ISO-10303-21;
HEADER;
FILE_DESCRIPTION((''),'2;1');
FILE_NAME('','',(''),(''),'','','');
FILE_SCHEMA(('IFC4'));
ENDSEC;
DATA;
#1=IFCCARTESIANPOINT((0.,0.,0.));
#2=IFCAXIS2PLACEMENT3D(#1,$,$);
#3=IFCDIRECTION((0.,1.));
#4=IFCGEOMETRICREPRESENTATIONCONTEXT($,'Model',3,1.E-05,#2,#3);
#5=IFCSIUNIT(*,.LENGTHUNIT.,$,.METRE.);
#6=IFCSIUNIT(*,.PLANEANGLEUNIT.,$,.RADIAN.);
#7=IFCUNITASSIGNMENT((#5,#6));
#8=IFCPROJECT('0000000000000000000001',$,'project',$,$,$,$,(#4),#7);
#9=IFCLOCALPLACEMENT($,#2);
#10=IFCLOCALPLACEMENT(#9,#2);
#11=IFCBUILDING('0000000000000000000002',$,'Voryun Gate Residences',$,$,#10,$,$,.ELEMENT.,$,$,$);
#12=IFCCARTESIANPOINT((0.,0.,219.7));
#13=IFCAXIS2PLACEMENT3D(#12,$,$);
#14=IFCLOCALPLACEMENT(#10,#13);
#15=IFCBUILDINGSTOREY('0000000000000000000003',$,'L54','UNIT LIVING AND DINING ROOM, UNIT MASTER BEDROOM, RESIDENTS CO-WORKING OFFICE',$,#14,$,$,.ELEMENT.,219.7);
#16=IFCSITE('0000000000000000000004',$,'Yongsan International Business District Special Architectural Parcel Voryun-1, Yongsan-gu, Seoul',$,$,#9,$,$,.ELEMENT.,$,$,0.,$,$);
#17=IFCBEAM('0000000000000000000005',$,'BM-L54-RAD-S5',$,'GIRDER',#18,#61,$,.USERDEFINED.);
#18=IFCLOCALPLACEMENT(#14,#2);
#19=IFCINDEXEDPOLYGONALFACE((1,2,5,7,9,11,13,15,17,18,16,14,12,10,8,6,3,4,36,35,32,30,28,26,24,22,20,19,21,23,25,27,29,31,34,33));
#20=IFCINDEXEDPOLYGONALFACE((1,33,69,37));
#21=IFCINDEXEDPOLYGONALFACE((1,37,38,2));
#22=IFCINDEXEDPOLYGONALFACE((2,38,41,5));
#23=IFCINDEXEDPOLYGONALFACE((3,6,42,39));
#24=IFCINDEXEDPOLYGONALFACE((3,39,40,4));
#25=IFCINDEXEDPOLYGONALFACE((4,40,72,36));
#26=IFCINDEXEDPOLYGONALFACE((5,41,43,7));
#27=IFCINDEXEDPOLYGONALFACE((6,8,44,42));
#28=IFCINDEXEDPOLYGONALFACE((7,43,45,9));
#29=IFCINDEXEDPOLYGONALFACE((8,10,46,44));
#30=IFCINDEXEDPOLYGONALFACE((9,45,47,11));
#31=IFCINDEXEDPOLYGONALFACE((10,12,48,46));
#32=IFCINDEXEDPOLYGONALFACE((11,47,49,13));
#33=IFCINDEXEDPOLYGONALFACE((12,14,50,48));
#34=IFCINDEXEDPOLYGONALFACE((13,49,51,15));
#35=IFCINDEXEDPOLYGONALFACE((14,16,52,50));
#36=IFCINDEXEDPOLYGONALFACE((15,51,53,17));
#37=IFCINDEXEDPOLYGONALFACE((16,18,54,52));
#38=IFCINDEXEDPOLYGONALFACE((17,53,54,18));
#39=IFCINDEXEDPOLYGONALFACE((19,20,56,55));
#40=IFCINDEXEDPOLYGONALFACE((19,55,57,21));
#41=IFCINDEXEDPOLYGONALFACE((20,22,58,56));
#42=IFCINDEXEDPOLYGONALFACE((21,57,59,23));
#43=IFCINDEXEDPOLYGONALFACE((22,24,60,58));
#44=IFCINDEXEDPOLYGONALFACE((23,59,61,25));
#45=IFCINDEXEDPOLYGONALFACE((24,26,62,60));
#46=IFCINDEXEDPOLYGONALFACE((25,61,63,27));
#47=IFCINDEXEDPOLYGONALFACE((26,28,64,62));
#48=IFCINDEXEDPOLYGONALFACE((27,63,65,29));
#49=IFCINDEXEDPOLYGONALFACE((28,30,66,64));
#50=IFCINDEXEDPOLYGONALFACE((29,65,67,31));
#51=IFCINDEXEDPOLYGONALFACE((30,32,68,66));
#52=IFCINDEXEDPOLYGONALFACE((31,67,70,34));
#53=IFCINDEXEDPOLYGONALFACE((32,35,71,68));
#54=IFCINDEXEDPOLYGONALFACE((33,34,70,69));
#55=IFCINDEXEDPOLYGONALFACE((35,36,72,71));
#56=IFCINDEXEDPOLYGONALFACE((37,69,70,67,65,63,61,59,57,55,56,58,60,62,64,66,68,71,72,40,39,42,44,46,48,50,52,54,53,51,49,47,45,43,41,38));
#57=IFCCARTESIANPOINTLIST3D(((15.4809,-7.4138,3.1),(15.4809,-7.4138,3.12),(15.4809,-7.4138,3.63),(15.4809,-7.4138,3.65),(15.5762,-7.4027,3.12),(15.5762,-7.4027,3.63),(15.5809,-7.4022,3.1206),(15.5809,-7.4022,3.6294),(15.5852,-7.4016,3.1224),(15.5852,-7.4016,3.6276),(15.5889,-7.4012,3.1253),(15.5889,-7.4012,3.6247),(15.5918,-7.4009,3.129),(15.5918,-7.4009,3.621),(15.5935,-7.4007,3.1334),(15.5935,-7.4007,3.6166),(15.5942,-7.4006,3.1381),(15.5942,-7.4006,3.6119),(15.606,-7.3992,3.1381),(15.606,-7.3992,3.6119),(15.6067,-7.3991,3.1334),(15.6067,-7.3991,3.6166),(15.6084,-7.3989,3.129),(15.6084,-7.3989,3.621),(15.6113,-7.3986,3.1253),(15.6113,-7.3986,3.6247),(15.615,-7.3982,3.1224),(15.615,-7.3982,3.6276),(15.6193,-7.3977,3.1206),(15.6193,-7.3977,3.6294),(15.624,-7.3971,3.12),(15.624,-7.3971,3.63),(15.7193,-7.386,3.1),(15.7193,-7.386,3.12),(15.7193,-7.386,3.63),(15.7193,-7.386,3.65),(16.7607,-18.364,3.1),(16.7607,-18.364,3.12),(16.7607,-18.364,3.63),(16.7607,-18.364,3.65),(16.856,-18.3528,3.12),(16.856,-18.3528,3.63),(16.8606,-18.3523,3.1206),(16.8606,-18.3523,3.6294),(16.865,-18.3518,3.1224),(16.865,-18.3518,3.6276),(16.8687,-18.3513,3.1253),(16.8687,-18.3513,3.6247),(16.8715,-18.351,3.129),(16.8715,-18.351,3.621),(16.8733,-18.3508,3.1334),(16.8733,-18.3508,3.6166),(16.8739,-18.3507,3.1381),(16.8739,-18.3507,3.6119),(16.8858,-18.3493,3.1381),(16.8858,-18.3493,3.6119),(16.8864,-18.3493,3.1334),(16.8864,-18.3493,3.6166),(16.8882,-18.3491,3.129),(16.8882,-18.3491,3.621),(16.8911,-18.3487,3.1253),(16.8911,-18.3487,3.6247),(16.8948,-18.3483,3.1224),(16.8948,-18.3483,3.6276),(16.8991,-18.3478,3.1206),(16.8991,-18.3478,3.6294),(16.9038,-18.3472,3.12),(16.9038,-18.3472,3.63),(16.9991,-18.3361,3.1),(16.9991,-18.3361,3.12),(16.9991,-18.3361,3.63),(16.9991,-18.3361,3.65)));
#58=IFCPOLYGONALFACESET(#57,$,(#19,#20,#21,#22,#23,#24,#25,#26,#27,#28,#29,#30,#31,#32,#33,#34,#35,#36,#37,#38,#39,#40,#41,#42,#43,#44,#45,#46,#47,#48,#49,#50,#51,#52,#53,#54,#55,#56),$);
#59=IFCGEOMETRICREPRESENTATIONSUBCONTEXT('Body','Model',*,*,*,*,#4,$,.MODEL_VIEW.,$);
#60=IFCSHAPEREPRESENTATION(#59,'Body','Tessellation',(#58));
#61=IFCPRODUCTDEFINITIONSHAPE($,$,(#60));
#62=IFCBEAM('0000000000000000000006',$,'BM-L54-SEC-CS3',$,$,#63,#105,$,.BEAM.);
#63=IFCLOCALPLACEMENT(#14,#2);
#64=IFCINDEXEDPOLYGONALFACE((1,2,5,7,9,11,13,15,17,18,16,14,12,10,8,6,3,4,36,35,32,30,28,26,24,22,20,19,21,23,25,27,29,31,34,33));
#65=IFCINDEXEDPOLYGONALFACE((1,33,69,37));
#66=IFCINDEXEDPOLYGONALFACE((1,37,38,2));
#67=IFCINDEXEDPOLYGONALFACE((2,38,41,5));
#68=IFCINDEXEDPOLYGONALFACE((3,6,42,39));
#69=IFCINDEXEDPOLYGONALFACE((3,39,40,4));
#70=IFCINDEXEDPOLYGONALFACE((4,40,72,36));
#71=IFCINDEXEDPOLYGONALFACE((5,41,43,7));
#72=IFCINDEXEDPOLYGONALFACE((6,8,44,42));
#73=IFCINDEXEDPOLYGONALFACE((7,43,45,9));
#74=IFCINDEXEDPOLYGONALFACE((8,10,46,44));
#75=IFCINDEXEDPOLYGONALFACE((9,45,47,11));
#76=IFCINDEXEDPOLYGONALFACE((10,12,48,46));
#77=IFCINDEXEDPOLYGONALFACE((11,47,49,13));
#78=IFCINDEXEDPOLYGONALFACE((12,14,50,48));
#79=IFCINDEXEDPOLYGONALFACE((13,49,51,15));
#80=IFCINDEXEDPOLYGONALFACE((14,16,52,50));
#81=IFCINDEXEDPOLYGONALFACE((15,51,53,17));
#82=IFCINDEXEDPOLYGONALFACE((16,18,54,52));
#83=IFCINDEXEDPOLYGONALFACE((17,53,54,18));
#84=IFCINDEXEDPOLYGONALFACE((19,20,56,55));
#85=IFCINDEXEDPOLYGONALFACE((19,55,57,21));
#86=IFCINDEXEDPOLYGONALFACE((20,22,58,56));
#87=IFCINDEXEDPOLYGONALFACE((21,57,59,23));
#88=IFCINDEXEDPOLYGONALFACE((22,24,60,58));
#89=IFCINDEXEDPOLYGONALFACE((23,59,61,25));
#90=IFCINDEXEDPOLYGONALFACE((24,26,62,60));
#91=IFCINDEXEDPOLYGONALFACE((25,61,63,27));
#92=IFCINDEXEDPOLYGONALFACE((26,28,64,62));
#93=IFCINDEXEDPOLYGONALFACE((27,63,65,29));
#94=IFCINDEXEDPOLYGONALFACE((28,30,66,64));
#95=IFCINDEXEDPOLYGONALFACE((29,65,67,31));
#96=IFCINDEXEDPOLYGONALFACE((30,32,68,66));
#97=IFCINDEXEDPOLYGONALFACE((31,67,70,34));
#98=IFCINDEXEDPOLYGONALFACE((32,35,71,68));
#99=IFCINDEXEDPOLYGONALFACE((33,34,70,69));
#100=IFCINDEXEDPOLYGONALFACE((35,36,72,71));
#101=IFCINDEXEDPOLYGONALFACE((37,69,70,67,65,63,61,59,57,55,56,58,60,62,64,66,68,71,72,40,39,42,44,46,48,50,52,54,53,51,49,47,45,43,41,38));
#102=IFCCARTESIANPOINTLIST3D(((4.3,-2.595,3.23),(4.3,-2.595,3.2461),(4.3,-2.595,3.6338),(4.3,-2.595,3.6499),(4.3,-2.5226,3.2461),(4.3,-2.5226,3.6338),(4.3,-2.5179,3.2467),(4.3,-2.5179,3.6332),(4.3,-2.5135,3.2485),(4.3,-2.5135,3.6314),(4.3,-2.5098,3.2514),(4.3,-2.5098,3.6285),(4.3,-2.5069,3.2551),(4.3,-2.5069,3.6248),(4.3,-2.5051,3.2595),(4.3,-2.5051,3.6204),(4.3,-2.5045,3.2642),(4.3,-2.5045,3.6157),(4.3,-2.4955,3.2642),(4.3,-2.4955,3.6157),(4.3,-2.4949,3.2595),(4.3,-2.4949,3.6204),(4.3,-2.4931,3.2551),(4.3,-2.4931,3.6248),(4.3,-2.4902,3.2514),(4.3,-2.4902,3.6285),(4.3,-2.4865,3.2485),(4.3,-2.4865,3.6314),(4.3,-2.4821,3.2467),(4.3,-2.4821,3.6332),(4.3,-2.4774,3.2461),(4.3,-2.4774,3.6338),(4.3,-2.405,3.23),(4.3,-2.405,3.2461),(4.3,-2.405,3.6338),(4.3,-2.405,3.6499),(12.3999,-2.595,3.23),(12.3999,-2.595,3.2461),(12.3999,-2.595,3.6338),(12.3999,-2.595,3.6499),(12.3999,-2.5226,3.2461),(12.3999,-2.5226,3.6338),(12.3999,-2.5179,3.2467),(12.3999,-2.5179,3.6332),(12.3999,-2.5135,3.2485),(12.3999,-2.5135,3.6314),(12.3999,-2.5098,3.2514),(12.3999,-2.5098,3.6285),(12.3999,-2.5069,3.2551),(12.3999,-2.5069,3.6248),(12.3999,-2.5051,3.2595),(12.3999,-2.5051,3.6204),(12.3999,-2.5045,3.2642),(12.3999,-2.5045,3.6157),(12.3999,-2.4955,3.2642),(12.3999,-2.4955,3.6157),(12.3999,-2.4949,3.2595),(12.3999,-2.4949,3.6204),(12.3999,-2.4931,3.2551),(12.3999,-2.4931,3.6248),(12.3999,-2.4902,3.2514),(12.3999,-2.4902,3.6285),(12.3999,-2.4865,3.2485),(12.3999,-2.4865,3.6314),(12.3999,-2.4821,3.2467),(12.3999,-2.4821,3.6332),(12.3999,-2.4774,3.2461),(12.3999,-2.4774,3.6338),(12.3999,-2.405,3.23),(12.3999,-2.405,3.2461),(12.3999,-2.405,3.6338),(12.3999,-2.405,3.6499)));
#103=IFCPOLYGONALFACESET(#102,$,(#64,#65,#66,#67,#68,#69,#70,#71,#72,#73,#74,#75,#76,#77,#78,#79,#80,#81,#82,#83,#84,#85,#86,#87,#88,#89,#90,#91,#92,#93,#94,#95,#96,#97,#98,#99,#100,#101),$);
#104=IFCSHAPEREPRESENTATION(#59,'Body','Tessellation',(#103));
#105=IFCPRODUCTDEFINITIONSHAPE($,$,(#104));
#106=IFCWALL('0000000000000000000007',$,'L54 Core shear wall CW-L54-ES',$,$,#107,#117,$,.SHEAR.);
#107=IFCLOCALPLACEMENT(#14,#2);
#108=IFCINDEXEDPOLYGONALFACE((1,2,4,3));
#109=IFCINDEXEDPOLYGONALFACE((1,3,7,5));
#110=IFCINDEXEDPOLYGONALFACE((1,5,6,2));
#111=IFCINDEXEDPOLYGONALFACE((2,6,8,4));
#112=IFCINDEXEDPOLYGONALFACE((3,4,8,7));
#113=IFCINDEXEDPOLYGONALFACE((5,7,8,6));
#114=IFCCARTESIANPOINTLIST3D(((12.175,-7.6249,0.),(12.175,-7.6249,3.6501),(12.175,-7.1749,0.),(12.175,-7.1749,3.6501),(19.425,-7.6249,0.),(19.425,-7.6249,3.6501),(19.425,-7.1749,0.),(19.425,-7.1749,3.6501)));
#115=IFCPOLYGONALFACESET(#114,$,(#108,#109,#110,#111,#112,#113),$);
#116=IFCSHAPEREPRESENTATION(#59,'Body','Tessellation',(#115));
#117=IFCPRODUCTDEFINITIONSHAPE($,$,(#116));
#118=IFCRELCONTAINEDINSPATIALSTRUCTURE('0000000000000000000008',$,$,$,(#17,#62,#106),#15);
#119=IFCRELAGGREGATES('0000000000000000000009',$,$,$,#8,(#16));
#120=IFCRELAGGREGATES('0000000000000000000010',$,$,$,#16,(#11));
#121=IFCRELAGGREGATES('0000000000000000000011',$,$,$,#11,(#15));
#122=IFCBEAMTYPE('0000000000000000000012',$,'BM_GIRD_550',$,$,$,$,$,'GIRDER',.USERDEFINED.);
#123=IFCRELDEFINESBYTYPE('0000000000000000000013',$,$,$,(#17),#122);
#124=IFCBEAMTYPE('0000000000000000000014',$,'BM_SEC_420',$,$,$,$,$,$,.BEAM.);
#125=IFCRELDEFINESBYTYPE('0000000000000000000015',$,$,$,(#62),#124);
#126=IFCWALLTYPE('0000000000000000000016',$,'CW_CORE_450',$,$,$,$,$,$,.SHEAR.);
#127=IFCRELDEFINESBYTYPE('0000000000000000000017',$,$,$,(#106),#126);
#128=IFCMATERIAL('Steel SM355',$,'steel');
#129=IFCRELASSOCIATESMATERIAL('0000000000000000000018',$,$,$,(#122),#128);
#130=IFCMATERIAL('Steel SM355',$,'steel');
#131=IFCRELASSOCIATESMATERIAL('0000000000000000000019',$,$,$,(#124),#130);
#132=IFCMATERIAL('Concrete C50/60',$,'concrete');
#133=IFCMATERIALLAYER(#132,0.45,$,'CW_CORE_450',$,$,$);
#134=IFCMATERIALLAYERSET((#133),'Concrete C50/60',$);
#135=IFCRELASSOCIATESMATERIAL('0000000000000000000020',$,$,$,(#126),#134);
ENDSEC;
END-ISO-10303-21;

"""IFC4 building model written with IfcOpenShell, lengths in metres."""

from ifc_helpers import new_model, si_unit, direction, frame, frame_2d, origin, origin_2d, place, context, subcontext, project, spatial, rectangle, i_section, extrude, material, layer, layer_set, material_profile, profile_set, type_object, element, save


model = new_model("IFC4")

# Units and contexts
model_context = context("Model", 3, precision=1e-05, world=origin(), true_north=direction((0.0, 1.0)))
body_context = subcontext(model_context, "Body", "Model", "MODEL_VIEW")
ifc_project = project(units=[si_unit("LENGTHUNIT", "METRE"), si_unit("PLANEANGLEUNIT", "RADIAN")], contexts=[model_context])

# Site, building, storey
site_placement = place(None, origin())
site = spatial("IfcSite", under=ifc_project, at=site_placement, Name="Yongsan International Business District Special Architectural Parcel Voryun-1, Yongsan-gu, Seoul", CompositionType="ELEMENT", RefElevation=0.0)
building_placement = place(site_placement, origin())
building = spatial("IfcBuilding", under=site, at=building_placement, Name="Voryun Gate Residences", CompositionType="ELEMENT")
storey_placement = place(building_placement, frame((0.0, 0.0, 219.7)))
storey = spatial("IfcBuildingStorey", under=building, at=storey_placement, Name="L54", Description="UNIT LIVING AND DINING ROOM, UNIT MASTER BEDROOM, RESIDENTS CO-WORKING OFFICE", CompositionType="ELEMENT", Elevation=219.7)

# Beams
ifc_material_1 = material(Name="Steel SM355", Category="steel")
ifc_material_profile_1 = material_profile(ifc_material_1, i_section(OverallWidth=0.24, OverallDepth=0.55, WebThickness=0.012, FlangeThickness=0.02, FilletRadius=0.0181, at=origin_2d()), Name="H-550x240x12x20")
ifc_profile_set_1 = profile_set([ifc_material_profile_1], Name="Steel SM355")
beam_type_1 = type_object("IfcBeamType", Name="BM_GIRD_550", ElementType="GIRDER", PredefinedType="USERDEFINED", material=ifc_profile_set_1)
beam_1_placement = place(storey_placement, frame((15.6001, -7.3999, 3.375), z_axis=(0.116083, -0.993239, 0.0), x_axis=(0.993239, 0.116083, 0.0)))
element("IfcBeam", 1, at=beam_1_placement, inside=storey, type_object=beam_type_1, Name="BM-L54-RAD-S5", ObjectType="GIRDER", PredefinedType="USERDEFINED", context=body_context, shape_type="SweptSolid", body=[
    extrude(i_section(OverallWidth=0.24, OverallDepth=0.55, WebThickness=0.012, FlangeThickness=0.02, FilletRadius=0.0181, at=origin_2d()), origin(), (0.0, 0.0, 1.0), 11.0247),
])
ifc_material_2 = material(Name="Steel SM355", Category="steel")
ifc_material_profile_2 = material_profile(ifc_material_2, i_section(OverallWidth=0.1899, OverallDepth=0.4199, WebThickness=0.009, FlangeThickness=0.0161, FilletRadius=0.0181, at=origin_2d()), Name="H-420x190x9x16")
ifc_profile_set_2 = profile_set([ifc_material_profile_2], Name="Steel SM355")
beam_type_2 = type_object("IfcBeamType", Name="BM_SEC_420", PredefinedType="BEAM", material=ifc_profile_set_2)
beam_2_placement = place(storey_placement, frame((4.3, -2.5, 3.4399), z_axis=(1.0, 0.0, 0.0), x_axis=(0.0, 1.0, 0.0)))
element("IfcBeam", 2, at=beam_2_placement, inside=storey, type_object=beam_type_2, Name="BM-L54-SEC-CS3", PredefinedType="BEAM", context=body_context, shape_type="SweptSolid", body=[
    extrude(i_section(OverallWidth=0.1899, OverallDepth=0.4199, WebThickness=0.009, FlangeThickness=0.0161, FilletRadius=0.0181, at=origin_2d()), origin(), (0.0, 0.0, 1.0), 8.0999),
])

# Wall
ifc_material_3 = material(Name="Concrete C50/60", Category="concrete")
ifc_layer_1 = layer(ifc_material_3, 0.45, Name="CW_CORE_450")
ifc_layer_set_1 = layer_set([ifc_layer_1], Name="Concrete C50/60")
wall_type_1 = type_object("IfcWallType", Name="CW_CORE_450", PredefinedType="SHEAR", material=ifc_layer_set_1)
wall_1_placement = place(storey_placement, frame((12.175, -7.3999, 0.0), z_axis=(0.0, 0.0, 1.0), x_axis=(1.0, 0.0, 0.0)))
element("IfcWall", 3, at=wall_1_placement, inside=storey, type_object=wall_type_1, Name="L54 Core shear wall CW-L54-ES", PredefinedType="SHEAR", context=body_context, shape_type="SweptSolid", body=[
    extrude(rectangle(XDim=7.25, YDim=0.45, at=frame_2d((3.625, 0.0))), origin(), (0.0, 0.0, 1.0), 3.6501),
])

save(model, "model.ifc")
